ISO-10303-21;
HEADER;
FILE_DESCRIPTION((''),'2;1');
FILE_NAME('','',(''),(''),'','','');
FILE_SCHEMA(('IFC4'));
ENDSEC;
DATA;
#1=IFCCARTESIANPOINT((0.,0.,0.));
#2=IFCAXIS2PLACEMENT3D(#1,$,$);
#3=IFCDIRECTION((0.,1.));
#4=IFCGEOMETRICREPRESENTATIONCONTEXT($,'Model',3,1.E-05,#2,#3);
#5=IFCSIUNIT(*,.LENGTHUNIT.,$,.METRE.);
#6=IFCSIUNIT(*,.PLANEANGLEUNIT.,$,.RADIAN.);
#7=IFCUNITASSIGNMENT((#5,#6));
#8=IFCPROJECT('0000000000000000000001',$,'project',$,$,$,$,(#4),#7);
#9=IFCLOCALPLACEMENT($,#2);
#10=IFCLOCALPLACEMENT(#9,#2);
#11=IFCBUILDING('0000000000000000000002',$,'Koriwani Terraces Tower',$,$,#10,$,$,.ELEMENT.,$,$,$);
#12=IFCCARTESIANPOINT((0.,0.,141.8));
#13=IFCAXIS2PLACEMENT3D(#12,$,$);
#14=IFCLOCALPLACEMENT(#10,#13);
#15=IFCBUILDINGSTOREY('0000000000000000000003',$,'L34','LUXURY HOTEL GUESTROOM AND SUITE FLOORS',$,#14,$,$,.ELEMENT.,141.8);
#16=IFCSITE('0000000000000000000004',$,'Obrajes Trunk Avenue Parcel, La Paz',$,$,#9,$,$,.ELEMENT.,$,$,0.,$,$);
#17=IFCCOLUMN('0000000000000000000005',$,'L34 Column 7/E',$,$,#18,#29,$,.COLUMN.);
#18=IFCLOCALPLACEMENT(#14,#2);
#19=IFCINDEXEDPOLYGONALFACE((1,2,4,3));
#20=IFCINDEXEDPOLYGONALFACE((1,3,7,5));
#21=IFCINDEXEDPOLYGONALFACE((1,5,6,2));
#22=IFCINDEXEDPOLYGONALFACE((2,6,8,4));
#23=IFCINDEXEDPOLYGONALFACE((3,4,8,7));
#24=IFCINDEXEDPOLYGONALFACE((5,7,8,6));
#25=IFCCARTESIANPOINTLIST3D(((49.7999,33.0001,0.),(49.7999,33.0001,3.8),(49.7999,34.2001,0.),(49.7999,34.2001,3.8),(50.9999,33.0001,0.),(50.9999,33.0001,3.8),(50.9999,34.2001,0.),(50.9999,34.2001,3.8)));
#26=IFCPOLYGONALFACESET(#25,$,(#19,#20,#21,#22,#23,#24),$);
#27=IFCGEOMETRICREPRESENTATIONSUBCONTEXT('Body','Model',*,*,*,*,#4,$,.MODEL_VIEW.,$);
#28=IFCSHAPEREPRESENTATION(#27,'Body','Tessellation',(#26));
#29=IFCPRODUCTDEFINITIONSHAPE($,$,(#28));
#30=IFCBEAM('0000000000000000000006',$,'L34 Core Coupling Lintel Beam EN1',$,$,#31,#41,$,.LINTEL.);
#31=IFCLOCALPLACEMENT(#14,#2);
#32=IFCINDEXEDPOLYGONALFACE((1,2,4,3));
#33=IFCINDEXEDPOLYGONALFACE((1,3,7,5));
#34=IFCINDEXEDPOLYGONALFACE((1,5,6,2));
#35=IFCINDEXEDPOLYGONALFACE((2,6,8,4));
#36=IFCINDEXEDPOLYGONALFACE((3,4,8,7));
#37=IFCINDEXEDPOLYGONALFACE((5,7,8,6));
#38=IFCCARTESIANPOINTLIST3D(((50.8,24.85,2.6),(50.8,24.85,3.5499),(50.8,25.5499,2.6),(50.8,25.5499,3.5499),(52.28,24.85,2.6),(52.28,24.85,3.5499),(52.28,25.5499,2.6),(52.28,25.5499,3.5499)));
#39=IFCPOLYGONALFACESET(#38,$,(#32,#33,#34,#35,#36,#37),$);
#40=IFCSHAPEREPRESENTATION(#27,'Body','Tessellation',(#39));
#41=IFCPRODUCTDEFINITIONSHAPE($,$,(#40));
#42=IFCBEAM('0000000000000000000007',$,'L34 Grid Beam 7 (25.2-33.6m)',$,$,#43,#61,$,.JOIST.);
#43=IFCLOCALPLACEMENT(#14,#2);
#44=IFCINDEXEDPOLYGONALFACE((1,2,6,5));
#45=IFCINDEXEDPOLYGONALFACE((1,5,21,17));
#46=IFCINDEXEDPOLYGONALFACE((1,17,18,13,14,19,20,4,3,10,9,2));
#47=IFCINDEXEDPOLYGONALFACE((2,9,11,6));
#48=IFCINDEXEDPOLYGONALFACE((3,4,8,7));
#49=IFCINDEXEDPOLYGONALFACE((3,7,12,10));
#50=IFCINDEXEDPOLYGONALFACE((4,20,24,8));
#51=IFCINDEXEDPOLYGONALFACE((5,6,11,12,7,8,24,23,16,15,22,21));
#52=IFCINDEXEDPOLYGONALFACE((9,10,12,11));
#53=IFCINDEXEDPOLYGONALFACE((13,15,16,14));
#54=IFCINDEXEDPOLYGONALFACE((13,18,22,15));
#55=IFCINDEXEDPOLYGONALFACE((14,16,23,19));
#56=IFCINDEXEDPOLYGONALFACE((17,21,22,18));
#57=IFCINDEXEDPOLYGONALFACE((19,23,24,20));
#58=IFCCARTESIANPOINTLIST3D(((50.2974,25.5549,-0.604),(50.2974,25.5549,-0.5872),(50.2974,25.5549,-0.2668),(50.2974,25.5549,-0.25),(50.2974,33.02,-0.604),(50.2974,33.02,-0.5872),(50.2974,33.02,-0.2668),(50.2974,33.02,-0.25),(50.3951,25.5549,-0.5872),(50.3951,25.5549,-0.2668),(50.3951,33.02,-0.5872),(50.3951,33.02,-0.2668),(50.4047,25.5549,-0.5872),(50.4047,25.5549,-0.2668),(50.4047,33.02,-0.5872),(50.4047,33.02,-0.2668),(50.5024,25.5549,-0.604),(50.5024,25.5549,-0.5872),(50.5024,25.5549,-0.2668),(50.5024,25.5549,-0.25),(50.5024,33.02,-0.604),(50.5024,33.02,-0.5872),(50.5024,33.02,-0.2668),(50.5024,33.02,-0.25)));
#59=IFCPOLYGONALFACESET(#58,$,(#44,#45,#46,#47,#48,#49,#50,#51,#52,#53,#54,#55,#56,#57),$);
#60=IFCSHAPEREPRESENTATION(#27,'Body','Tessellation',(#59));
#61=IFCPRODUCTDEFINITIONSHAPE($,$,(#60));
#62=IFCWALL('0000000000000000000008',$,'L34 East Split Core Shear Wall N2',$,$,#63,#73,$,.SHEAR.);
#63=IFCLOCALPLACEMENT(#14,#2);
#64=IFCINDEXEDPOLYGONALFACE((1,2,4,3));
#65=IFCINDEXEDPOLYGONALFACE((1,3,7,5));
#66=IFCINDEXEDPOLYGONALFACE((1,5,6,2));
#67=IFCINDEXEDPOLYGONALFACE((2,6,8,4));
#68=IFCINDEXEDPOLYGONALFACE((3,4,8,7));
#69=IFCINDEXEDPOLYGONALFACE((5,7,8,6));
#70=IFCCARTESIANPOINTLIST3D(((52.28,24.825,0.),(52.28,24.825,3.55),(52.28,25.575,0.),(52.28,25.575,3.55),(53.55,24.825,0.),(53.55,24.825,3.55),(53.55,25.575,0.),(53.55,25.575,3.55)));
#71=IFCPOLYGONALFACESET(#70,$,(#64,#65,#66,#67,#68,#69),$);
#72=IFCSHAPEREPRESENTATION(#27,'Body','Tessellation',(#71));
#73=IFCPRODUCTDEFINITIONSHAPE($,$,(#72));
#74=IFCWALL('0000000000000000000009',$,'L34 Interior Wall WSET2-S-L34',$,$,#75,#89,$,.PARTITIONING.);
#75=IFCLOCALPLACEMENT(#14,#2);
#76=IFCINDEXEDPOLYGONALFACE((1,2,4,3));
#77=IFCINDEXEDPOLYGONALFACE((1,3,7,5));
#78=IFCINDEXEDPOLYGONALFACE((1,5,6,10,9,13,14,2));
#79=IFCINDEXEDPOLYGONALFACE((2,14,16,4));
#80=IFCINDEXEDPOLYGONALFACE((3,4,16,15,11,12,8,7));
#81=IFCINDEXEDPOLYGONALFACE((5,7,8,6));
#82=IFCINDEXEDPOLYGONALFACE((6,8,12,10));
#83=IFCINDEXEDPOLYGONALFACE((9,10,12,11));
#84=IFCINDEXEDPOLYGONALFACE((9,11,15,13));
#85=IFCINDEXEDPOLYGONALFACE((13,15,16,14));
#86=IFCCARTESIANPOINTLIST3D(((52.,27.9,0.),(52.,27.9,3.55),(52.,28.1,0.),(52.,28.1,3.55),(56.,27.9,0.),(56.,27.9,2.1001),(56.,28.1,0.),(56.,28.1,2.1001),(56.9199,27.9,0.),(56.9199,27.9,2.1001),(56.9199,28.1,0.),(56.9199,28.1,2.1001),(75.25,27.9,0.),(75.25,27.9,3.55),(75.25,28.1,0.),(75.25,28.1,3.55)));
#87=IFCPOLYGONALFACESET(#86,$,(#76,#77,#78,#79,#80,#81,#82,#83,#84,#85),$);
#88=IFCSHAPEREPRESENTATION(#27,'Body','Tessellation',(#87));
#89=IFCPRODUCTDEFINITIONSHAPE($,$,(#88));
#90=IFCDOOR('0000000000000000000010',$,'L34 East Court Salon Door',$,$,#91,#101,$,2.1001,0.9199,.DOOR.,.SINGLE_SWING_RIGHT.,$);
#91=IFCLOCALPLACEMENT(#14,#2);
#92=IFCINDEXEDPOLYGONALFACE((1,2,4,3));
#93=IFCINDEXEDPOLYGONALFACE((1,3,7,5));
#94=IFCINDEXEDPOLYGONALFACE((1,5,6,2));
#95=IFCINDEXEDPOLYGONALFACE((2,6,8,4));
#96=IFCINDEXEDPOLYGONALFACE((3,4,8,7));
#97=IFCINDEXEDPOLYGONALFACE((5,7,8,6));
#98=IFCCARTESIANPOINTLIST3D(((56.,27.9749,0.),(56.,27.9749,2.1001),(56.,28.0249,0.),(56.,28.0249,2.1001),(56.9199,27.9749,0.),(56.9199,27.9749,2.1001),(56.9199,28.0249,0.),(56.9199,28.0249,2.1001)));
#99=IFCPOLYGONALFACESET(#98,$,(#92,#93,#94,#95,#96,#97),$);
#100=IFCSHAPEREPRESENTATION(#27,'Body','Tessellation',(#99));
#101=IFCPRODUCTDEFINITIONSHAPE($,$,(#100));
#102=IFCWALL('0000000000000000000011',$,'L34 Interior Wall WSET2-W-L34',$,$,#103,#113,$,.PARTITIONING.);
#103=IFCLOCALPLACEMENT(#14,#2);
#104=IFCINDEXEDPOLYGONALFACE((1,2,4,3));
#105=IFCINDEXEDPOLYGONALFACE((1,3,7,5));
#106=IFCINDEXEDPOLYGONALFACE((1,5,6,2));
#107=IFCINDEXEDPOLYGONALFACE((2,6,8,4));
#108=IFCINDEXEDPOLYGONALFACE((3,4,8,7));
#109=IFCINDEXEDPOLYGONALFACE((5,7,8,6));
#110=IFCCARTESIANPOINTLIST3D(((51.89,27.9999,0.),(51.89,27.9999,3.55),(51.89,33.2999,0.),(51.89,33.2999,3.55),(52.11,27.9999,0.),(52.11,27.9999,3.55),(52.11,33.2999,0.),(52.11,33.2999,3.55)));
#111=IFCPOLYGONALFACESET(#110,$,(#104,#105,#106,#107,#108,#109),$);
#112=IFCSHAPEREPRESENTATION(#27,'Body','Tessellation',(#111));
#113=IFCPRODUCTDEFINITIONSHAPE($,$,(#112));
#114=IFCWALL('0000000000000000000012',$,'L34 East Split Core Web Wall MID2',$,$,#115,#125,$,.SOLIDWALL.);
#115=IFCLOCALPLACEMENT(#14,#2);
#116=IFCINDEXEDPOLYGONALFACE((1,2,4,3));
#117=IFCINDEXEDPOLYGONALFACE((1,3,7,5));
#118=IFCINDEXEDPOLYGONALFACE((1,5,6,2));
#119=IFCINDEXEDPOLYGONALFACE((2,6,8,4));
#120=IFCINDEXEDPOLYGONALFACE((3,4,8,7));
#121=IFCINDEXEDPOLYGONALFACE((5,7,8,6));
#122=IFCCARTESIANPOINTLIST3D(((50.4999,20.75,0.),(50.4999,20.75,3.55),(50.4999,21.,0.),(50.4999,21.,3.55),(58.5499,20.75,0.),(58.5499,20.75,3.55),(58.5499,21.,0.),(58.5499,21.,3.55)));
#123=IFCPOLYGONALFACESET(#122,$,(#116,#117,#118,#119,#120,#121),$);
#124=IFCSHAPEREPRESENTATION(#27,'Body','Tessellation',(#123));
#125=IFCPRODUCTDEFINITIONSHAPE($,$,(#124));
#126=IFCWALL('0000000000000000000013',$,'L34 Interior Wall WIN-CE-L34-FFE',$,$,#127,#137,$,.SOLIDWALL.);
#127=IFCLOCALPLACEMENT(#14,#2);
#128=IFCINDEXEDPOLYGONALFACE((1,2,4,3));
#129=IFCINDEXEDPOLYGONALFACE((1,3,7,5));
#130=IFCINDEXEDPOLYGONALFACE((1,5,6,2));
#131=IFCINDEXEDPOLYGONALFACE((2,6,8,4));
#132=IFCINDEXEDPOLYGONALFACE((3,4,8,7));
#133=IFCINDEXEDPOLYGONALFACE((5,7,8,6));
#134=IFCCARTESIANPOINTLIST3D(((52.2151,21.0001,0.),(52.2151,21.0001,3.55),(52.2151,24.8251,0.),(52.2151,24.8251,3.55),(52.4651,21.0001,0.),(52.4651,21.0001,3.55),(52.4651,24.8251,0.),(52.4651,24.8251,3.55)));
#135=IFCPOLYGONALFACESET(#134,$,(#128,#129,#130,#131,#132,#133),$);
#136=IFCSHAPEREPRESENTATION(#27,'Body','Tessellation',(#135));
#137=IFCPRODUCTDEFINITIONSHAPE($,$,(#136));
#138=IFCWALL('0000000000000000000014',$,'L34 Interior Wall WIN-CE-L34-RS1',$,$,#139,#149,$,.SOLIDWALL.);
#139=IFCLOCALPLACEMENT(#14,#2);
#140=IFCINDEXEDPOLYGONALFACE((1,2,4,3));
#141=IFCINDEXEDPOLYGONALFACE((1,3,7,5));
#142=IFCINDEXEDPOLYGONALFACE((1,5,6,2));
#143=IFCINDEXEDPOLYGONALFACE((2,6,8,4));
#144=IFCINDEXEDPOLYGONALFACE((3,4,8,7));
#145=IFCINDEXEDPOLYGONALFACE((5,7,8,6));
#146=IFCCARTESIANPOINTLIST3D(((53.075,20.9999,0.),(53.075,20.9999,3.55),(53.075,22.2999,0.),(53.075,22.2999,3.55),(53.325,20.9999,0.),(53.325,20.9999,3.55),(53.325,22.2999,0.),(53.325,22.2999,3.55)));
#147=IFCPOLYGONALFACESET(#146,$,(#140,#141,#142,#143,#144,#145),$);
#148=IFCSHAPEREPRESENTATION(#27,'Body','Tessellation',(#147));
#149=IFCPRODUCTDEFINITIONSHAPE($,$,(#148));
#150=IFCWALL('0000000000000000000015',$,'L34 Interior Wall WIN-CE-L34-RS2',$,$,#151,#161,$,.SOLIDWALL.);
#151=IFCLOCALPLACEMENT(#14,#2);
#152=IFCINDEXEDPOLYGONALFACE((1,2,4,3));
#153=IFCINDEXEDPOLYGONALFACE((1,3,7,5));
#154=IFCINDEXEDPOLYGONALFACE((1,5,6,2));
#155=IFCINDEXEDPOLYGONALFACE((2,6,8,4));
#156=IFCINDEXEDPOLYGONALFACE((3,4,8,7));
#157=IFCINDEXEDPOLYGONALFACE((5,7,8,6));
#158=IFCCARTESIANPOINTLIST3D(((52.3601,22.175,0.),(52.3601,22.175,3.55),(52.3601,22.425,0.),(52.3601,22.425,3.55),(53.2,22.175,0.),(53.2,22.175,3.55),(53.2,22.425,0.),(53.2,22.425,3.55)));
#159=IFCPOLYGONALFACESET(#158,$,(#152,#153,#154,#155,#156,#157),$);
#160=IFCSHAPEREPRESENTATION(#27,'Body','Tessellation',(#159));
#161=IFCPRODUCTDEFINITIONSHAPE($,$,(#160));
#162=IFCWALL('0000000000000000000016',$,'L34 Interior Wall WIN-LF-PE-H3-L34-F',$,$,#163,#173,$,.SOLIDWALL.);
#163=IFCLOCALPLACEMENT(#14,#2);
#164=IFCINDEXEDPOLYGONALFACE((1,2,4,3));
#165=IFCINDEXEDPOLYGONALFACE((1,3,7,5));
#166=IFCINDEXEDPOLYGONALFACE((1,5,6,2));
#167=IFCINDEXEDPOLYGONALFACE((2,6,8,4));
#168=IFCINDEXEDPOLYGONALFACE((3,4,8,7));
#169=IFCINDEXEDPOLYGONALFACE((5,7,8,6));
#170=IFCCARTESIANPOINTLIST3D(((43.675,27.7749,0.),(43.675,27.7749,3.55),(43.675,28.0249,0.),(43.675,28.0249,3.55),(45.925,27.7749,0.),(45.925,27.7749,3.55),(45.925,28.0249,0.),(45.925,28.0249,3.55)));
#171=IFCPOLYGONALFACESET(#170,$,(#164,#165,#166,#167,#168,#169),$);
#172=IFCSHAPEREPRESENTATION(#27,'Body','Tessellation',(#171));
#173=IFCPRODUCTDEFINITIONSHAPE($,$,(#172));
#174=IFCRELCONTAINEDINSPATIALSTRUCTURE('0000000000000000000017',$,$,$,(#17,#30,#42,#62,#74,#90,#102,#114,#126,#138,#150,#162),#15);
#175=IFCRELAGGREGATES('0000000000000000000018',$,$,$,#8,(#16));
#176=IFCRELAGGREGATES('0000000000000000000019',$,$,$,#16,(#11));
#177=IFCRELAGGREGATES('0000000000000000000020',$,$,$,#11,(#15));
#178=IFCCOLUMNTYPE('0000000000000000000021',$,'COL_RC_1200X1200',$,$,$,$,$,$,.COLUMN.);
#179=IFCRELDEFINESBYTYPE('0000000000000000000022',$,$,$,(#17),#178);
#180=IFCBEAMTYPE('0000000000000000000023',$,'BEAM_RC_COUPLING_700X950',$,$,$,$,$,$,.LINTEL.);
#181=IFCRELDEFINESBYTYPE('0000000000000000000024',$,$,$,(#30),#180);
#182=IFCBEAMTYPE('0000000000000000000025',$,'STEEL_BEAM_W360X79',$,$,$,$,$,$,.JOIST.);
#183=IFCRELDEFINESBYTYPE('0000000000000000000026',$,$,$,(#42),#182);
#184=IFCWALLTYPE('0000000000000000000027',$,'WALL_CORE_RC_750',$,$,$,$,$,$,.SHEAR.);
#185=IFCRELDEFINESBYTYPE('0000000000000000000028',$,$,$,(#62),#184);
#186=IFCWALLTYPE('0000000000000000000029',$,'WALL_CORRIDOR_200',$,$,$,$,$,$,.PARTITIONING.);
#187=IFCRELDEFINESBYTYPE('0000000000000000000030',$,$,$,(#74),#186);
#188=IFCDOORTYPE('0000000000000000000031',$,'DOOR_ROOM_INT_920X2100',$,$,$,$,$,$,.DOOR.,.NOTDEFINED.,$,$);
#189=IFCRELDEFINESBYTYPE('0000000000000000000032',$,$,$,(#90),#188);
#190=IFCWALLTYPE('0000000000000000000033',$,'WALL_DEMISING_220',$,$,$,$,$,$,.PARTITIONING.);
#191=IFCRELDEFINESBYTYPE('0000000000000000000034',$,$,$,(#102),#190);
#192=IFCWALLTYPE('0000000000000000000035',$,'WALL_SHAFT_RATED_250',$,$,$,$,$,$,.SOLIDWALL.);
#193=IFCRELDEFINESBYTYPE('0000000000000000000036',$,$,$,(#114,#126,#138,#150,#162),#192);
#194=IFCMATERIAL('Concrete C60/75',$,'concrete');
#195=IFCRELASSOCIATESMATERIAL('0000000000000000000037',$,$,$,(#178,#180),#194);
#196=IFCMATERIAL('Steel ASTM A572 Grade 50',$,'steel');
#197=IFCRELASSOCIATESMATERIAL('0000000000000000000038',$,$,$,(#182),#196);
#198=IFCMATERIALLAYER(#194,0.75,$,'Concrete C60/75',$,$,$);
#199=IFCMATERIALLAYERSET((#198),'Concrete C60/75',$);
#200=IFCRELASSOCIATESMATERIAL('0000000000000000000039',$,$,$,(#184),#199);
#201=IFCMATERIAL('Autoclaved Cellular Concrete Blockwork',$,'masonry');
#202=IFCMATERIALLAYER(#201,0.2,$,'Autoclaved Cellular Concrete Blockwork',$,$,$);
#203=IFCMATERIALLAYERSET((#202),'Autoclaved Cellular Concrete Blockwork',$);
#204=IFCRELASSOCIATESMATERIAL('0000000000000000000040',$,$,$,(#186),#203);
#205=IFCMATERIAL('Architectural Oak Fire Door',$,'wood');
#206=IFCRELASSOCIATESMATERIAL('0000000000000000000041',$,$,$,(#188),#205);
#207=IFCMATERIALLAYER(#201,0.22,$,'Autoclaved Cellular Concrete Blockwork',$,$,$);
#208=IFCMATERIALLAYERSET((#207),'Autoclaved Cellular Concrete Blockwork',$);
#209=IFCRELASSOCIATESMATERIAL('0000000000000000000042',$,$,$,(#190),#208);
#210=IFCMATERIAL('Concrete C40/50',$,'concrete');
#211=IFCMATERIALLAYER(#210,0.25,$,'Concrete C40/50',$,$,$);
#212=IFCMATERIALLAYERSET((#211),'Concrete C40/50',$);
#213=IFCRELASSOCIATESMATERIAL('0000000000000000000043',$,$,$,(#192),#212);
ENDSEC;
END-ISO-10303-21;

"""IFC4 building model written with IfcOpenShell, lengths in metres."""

from ifc_helpers import new_model, si_unit, direction, frame, frame_2d, origin, origin_2d, place, context, subcontext, project, spatial, rectangle, i_section, extrude, material, layer, layer_set, material_profile, profile_set, type_object, element, fill, save


model = new_model("IFC4")

# Units and contexts
model_context = context("Model", 3, precision=1e-05, world=origin(), true_north=direction((0.0, 1.0)))
body_context = subcontext(model_context, "Body", "Model", "MODEL_VIEW")
ifc_project = project(units=[si_unit("LENGTHUNIT", "METRE"), si_unit("PLANEANGLEUNIT", "RADIAN")], contexts=[model_context])

# Site, building, storey
site_placement = place(None, origin())
site = spatial("IfcSite", under=ifc_project, at=site_placement, Name="Obrajes Trunk Avenue Parcel, La Paz", CompositionType="ELEMENT", RefElevation=0.0)
building_placement = place(site_placement, origin())
building = spatial("IfcBuilding", under=site, at=building_placement, Name="Koriwani Terraces Tower", CompositionType="ELEMENT")
storey_placement = place(building_placement, frame((0.0, 0.0, 141.8)))
storey = spatial("IfcBuildingStorey", under=building, at=storey_placement, Name="L34", Description="LUXURY HOTEL GUESTROOM AND SUITE FLOORS", CompositionType="ELEMENT", Elevation=141.8)

# Column
ifc_material_1 = material(Name="Concrete C60/75", Category="concrete")
ifc_material_profile_1 = material_profile(ifc_material_1, rectangle(XDim=1.2, YDim=1.2, at=origin_2d()), Name="Concrete C60/75", Category="LoadBearing")
ifc_profile_set_1 = profile_set([ifc_material_profile_1], Name="Concrete C60/75")
column_type = type_object("IfcColumnType", Name="COL_RC_1200X1200", PredefinedType="COLUMN", material=ifc_profile_set_1)
column_placement = place(storey_placement, frame((50.3999, 33.6001, 0.0), z_axis=(0.0, 0.0, 1.0), x_axis=(1.0, 0.0, 0.0)))
element("IfcColumn", 1, at=column_placement, inside=storey, type_object=column_type, Name="L34 Column 7/E", PredefinedType="COLUMN", context=body_context, shape_type="SweptSolid", body=[
    extrude(rectangle(XDim=1.2, YDim=1.2, at=origin_2d()), origin(), (0.0, 0.0, 1.0), 3.8),
])

# Beams
ifc_material_profile_2 = material_profile(ifc_material_1, rectangle(XDim=0.7, YDim=0.95, at=origin_2d()), Name="Concrete C60/75", Category="LoadBearing")
ifc_profile_set_2 = profile_set([ifc_material_profile_2], Name="Concrete C60/75")
beam_type_1 = type_object("IfcBeamType", Name="BEAM_RC_COUPLING_700X950", PredefinedType="LINTEL", material=ifc_profile_set_2)
beam_1_placement = place(storey_placement, frame((50.8, 25.2, 3.075), z_axis=(1.0, 0.0, 0.0), x_axis=(0.0, 1.0, 0.0)))
element("IfcBeam", 2, at=beam_1_placement, inside=storey, type_object=beam_type_1, Name="L34 Core Coupling Lintel Beam EN1", PredefinedType="LINTEL", context=body_context, shape_type="SweptSolid", body=[
    extrude(rectangle(XDim=0.7, YDim=0.95, at=origin_2d()), origin(), (0.0, 0.0, 1.0), 1.48),
])
ifc_material_2 = material(Name="Steel ASTM A572 Grade 50", Category="steel")
ifc_material_profile_3 = material_profile(ifc_material_2, i_section(OverallWidth=0.2051, OverallDepth=0.354, WebThickness=0.0095, FlangeThickness=0.0168, at=origin_2d()), Name="Steel ASTM A572 Grade 50", Category="LoadBearing")
ifc_profile_set_3 = profile_set([ifc_material_profile_3], Name="Steel ASTM A572 Grade 50")
beam_type_2 = type_object("IfcBeamType", Name="STEEL_BEAM_W360X79", PredefinedType="JOIST", material=ifc_profile_set_3)
beam_2_placement = place(storey_placement, frame((50.3999, 25.5549, -0.427), z_axis=(0.0, 1.0, 0.0), x_axis=(-1.0, 0.0, 0.0)))
element("IfcBeam", 3, at=beam_2_placement, inside=storey, type_object=beam_type_2, Name="L34 Grid Beam 7 (25.2-33.6m)", PredefinedType="JOIST", context=body_context, shape_type="SweptSolid", body=[
    extrude(i_section(OverallWidth=0.2051, OverallDepth=0.354, WebThickness=0.0095, FlangeThickness=0.0168, at=origin_2d()), origin(), (0.0, 0.0, 1.0), 7.4651),
])

# Wall
ifc_layer_1 = layer(ifc_material_1, 0.75, Name="Concrete C60/75")
ifc_layer_set_1 = layer_set([ifc_layer_1], Name="Concrete C60/75")
wall_type_1 = type_object("IfcWallType", Name="WALL_CORE_RC_750", PredefinedType="SHEAR", material=ifc_layer_set_1)
wall_1_placement = place(storey_placement, frame((52.28, 25.2, 0.0), z_axis=(0.0, 0.0, 1.0), x_axis=(1.0, 0.0, 0.0)))
element("IfcWall", 4, at=wall_1_placement, inside=storey, type_object=wall_type_1, Name="L34 East Split Core Shear Wall N2", PredefinedType="SHEAR", context=body_context, shape_type="SweptSolid", body=[
    extrude(rectangle(XDim=1.27, YDim=0.75, at=frame_2d((0.635, 0.0))), origin(), (0.0, 0.0, 1.0), 3.55),
])

# Wall, opening, door
ifc_material_3 = material(Name="Autoclaved Cellular Concrete Blockwork", Category="masonry")
ifc_layer_2 = layer(ifc_material_3, 0.2, Name="Autoclaved Cellular Concrete Blockwork")
ifc_layer_set_2 = layer_set([ifc_layer_2], Name="Autoclaved Cellular Concrete Blockwork")
wall_type_2 = type_object("IfcWallType", Name="WALL_CORRIDOR_200", PredefinedType="PARTITIONING", material=ifc_layer_set_2)
wall_2_placement = place(storey_placement, frame((52.0, 28.0, 0.0), z_axis=(0.0, 0.0, 1.0), x_axis=(1.0, 0.0, 0.0)))
wall_2 = element("IfcWall", 5, at=wall_2_placement, inside=storey, type_object=wall_type_2, Name="L34 Interior Wall WSET2-S-L34", PredefinedType="PARTITIONING", context=body_context, shape_type="SweptSolid", body=[
    extrude(rectangle(XDim=23.25, YDim=0.2, at=frame_2d((11.625, 0.0))), origin(), (0.0, 0.0, 1.0), 3.55),
])
opening_1_placement = place(wall_2_placement, frame((4.0, 0.0, 0.0)))
opening_1 = element("IfcOpeningElement", 6, at=opening_1_placement, cuts=wall_2, PredefinedType="OPENING", context=body_context, shape_type="SweptSolid", body=[
    extrude(rectangle(XDim=0.9199, YDim=2.1001, at=frame_2d((0.46, 1.05))), frame((0.0, 0.1099, 0.0), z_axis=(0.0, -1.0, 0.0), x_axis=(1.0, 0.0, 0.0)), (0.0, 0.0, 1.0), 0.22),
])
ifc_material_4 = material(Name="Architectural Oak Fire Door", Category="wood")
door_type_1 = type_object("IfcDoorType", Name="DOOR_ROOM_INT_920X2100", OperationType="NOTDEFINED", PredefinedType="DOOR", material=ifc_material_4)
door_1_placement = place(opening_1_placement, origin())
door_1 = element("IfcDoor", 7, at=door_1_placement, inside=storey, type_object=door_type_1, Name="L34 East Court Salon Door", OperationType="SINGLE_SWING_RIGHT", OverallHeight=2.1001, OverallWidth=0.9199, PredefinedType="DOOR", context=body_context, shape_type="SweptSolid", body=[
    extrude(rectangle(XDim=0.9199, YDim=2.1001, at=frame_2d((0.46, 1.05))), frame((0.0, 0.0249, 0.0), z_axis=(0.0, -1.0, 0.0), x_axis=(1.0, 0.0, 0.0)), (0.0, 0.0, 1.0), 0.05),
])
fill(opening_1, door_1)

# Walls
ifc_layer_3 = layer(ifc_material_3, 0.22, Name="Autoclaved Cellular Concrete Blockwork")
ifc_layer_set_3 = layer_set([ifc_layer_3], Name="Autoclaved Cellular Concrete Blockwork")
wall_type_3 = type_object("IfcWallType", Name="WALL_DEMISING_220", PredefinedType="PARTITIONING", material=ifc_layer_set_3)
wall_3_placement = place(storey_placement, frame((52.0, 28.0, 0.0), z_axis=(0.0, 0.0, 1.0), x_axis=(0.0, 1.0, 0.0)))
element("IfcWall", 8, at=wall_3_placement, inside=storey, type_object=wall_type_3, Name="L34 Interior Wall WSET2-W-L34", PredefinedType="PARTITIONING", context=body_context, shape_type="SweptSolid", body=[
    extrude(rectangle(XDim=5.3, YDim=0.22, at=frame_2d((2.6499, 0.0))), origin(), (0.0, 0.0, 1.0), 3.55),
])
ifc_material_5 = material(Name="Concrete C40/50", Category="concrete")
ifc_layer_4 = layer(ifc_material_5, 0.25, Name="Concrete C40/50")
ifc_layer_set_4 = layer_set([ifc_layer_4], Name="Concrete C40/50")
wall_type_4 = type_object("IfcWallType", Name="WALL_SHAFT_RATED_250", PredefinedType="SOLIDWALL", material=ifc_layer_set_4)
wall_4_placement = place(storey_placement, frame((50.5, 20.875, 0.0), z_axis=(0.0, 0.0, 1.0), x_axis=(1.0, 0.0, 0.0)))
element("IfcWall", 9, at=wall_4_placement, inside=storey, type_object=wall_type_4, Name="L34 East Split Core Web Wall MID2", PredefinedType="SOLIDWALL", context=body_context, shape_type="SweptSolid", body=[
    extrude(rectangle(XDim=8.05, YDim=0.25, at=frame_2d((4.0249, 0.0))), origin(), (0.0, 0.0, 1.0), 3.55),
])

# Walls
wall_5_placement = place(storey_placement, frame((52.3401, 21.0, 0.0), z_axis=(0.0, 0.0, 1.0), x_axis=(0.0, 1.0, 0.0)))
element("IfcWall", 10, at=wall_5_placement, inside=storey, type_object=wall_type_4, Name="L34 Interior Wall WIN-CE-L34-FFE", PredefinedType="SOLIDWALL", context=body_context, shape_type="SweptSolid", body=[
    extrude(rectangle(XDim=3.825, YDim=0.25, at=frame_2d((1.9126, 0.0))), origin(), (0.0, 0.0, 1.0), 3.55),
])
wall_6_placement = place(storey_placement, frame((53.2, 21.0, 0.0), z_axis=(0.0, 0.0, 1.0), x_axis=(0.0, 1.0, 0.0)))
element("IfcWall", 11, at=wall_6_placement, inside=storey, type_object=wall_type_4, Name="L34 Interior Wall WIN-CE-L34-RS1", PredefinedType="SOLIDWALL", context=body_context, shape_type="SweptSolid", body=[
    extrude(rectangle(XDim=1.3, YDim=0.25, at=frame_2d((0.6499, 0.0))), origin(), (0.0, 0.0, 1.0), 3.55),
])
wall_7_placement = place(storey_placement, frame((52.3601, 22.3, 0.0), z_axis=(0.0, 0.0, 1.0), x_axis=(1.0, 0.0, 0.0)))
element("IfcWall", 12, at=wall_7_placement, inside=storey, type_object=wall_type_4, Name="L34 Interior Wall WIN-CE-L34-RS2", PredefinedType="SOLIDWALL", context=body_context, shape_type="SweptSolid", body=[
    extrude(rectangle(XDim=0.8398, YDim=0.25, at=frame_2d((0.4199, 0.0))), origin(), (0.0, 0.0, 1.0), 3.55),
])
wall_8_placement = place(storey_placement, frame((43.675, 27.8999, 0.0), z_axis=(0.0, 0.0, 1.0), x_axis=(1.0, 0.0, 0.0)))
element("IfcWall", 13, at=wall_8_placement, inside=storey, type_object=wall_type_4, Name="L34 Interior Wall WIN-LF-PE-H3-L34-F", PredefinedType="SOLIDWALL", context=body_context, shape_type="SweptSolid", body=[
    extrude(rectangle(XDim=2.25, YDim=0.25, at=frame_2d((1.125, 0.0))), origin(), (0.0, 0.0, 1.0), 3.55),
])

save(model, "model.ifc")
